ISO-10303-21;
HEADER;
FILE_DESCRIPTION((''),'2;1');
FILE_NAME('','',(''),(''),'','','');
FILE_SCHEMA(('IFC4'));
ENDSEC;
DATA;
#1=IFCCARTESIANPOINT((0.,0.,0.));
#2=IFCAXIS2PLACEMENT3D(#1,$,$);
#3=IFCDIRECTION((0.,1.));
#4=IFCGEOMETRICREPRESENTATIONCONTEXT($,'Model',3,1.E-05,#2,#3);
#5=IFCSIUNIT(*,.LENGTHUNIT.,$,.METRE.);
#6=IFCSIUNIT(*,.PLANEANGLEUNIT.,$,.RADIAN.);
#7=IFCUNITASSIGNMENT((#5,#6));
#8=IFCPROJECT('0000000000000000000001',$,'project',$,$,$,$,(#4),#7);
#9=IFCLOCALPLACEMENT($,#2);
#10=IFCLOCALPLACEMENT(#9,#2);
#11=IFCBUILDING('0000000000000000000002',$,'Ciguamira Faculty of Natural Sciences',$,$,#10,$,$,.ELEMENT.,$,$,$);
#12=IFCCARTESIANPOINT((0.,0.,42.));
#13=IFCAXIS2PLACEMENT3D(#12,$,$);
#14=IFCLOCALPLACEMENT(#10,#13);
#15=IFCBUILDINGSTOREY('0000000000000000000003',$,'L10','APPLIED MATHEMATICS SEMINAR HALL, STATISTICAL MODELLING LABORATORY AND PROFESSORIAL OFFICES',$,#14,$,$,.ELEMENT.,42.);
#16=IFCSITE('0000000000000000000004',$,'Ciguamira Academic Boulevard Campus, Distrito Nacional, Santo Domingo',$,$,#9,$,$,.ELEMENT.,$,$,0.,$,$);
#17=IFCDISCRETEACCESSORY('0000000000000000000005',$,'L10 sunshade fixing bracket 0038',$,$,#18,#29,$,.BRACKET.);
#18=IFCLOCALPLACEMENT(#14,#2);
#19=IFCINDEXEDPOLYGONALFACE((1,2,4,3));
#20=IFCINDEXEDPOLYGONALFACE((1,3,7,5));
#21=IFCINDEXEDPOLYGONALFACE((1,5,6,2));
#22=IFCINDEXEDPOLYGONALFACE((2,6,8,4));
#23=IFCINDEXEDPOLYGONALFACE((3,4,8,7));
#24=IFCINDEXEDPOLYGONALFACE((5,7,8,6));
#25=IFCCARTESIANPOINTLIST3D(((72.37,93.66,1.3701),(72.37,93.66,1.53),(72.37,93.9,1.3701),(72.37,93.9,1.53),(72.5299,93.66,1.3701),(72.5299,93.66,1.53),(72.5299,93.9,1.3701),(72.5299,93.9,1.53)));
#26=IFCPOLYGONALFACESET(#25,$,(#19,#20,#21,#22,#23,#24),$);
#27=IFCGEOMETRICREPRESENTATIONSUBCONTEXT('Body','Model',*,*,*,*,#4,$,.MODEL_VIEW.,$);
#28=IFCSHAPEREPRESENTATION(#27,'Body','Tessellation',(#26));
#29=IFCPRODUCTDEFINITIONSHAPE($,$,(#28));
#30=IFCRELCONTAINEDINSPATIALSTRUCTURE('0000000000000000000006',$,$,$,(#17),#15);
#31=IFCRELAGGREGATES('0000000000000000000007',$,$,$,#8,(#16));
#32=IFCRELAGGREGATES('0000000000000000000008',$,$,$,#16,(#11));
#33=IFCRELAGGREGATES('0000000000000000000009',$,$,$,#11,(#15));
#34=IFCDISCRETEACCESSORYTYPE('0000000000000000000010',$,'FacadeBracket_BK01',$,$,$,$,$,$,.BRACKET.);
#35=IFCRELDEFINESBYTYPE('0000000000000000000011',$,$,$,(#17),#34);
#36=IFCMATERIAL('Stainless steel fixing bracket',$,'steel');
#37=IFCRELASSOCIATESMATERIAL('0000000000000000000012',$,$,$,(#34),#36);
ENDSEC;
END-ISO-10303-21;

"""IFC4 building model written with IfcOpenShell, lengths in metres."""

from ifc_helpers import new_model, si_unit, direction, frame, origin, origin_2d, place, context, subcontext, project, spatial, rectangle, extrude, material, type_object, element, save


model = new_model("IFC4")

# Units and contexts
model_context = context("Model", 3, precision=1e-05, world=origin(), true_north=direction((0.0, 1.0)))
body_context = subcontext(model_context, "Body", "Model", "MODEL_VIEW")
ifc_project = project(units=[si_unit("LENGTHUNIT", "METRE"), si_unit("PLANEANGLEUNIT", "RADIAN")], contexts=[model_context])

# Site, building, storey
site_placement = place(None, origin())
site = spatial("IfcSite", under=ifc_project, at=site_placement, Name="Ciguamira Academic Boulevard Campus, Distrito Nacional, Santo Domingo", CompositionType="ELEMENT", RefElevation=0.0)
building_placement = place(site_placement, origin())
building = spatial("IfcBuilding", under=site, at=building_placement, Name="Ciguamira Faculty of Natural Sciences", CompositionType="ELEMENT")
storey_placement = place(building_placement, frame((0.0, 0.0, 42.0)))
storey = spatial("IfcBuildingStorey", under=building, at=storey_placement, Name="L10", Description="APPLIED MATHEMATICS SEMINAR HALL, STATISTICAL MODELLING LABORATORY AND PROFESSORIAL OFFICES", CompositionType="ELEMENT", Elevation=42.0)

# Discrete accessory
ifc_material_1 = material(Name="Stainless steel fixing bracket", Category="steel")
discrete_accessory_type = type_object("IfcDiscreteAccessoryType", Name="FacadeBracket_BK01", PredefinedType="BRACKET", material=ifc_material_1)
discrete_accessory_placement = place(storey_placement, frame((72.45, 93.78, 1.3701), z_axis=(0.0, 0.0, 1.0), x_axis=(1.0, 0.0, 0.0)))
element("IfcDiscreteAccessory", 1, at=discrete_accessory_placement, inside=storey, type_object=discrete_accessory_type, Name="L10 sunshade fixing bracket 0038", PredefinedType="BRACKET", context=body_context, shape_type="SweptSolid", body=[
    extrude(rectangle(XDim=0.1599, YDim=0.24, at=origin_2d()), origin(), (0.0, 0.0, 1.0), 0.1599),
])

save(model, "model.ifc")
